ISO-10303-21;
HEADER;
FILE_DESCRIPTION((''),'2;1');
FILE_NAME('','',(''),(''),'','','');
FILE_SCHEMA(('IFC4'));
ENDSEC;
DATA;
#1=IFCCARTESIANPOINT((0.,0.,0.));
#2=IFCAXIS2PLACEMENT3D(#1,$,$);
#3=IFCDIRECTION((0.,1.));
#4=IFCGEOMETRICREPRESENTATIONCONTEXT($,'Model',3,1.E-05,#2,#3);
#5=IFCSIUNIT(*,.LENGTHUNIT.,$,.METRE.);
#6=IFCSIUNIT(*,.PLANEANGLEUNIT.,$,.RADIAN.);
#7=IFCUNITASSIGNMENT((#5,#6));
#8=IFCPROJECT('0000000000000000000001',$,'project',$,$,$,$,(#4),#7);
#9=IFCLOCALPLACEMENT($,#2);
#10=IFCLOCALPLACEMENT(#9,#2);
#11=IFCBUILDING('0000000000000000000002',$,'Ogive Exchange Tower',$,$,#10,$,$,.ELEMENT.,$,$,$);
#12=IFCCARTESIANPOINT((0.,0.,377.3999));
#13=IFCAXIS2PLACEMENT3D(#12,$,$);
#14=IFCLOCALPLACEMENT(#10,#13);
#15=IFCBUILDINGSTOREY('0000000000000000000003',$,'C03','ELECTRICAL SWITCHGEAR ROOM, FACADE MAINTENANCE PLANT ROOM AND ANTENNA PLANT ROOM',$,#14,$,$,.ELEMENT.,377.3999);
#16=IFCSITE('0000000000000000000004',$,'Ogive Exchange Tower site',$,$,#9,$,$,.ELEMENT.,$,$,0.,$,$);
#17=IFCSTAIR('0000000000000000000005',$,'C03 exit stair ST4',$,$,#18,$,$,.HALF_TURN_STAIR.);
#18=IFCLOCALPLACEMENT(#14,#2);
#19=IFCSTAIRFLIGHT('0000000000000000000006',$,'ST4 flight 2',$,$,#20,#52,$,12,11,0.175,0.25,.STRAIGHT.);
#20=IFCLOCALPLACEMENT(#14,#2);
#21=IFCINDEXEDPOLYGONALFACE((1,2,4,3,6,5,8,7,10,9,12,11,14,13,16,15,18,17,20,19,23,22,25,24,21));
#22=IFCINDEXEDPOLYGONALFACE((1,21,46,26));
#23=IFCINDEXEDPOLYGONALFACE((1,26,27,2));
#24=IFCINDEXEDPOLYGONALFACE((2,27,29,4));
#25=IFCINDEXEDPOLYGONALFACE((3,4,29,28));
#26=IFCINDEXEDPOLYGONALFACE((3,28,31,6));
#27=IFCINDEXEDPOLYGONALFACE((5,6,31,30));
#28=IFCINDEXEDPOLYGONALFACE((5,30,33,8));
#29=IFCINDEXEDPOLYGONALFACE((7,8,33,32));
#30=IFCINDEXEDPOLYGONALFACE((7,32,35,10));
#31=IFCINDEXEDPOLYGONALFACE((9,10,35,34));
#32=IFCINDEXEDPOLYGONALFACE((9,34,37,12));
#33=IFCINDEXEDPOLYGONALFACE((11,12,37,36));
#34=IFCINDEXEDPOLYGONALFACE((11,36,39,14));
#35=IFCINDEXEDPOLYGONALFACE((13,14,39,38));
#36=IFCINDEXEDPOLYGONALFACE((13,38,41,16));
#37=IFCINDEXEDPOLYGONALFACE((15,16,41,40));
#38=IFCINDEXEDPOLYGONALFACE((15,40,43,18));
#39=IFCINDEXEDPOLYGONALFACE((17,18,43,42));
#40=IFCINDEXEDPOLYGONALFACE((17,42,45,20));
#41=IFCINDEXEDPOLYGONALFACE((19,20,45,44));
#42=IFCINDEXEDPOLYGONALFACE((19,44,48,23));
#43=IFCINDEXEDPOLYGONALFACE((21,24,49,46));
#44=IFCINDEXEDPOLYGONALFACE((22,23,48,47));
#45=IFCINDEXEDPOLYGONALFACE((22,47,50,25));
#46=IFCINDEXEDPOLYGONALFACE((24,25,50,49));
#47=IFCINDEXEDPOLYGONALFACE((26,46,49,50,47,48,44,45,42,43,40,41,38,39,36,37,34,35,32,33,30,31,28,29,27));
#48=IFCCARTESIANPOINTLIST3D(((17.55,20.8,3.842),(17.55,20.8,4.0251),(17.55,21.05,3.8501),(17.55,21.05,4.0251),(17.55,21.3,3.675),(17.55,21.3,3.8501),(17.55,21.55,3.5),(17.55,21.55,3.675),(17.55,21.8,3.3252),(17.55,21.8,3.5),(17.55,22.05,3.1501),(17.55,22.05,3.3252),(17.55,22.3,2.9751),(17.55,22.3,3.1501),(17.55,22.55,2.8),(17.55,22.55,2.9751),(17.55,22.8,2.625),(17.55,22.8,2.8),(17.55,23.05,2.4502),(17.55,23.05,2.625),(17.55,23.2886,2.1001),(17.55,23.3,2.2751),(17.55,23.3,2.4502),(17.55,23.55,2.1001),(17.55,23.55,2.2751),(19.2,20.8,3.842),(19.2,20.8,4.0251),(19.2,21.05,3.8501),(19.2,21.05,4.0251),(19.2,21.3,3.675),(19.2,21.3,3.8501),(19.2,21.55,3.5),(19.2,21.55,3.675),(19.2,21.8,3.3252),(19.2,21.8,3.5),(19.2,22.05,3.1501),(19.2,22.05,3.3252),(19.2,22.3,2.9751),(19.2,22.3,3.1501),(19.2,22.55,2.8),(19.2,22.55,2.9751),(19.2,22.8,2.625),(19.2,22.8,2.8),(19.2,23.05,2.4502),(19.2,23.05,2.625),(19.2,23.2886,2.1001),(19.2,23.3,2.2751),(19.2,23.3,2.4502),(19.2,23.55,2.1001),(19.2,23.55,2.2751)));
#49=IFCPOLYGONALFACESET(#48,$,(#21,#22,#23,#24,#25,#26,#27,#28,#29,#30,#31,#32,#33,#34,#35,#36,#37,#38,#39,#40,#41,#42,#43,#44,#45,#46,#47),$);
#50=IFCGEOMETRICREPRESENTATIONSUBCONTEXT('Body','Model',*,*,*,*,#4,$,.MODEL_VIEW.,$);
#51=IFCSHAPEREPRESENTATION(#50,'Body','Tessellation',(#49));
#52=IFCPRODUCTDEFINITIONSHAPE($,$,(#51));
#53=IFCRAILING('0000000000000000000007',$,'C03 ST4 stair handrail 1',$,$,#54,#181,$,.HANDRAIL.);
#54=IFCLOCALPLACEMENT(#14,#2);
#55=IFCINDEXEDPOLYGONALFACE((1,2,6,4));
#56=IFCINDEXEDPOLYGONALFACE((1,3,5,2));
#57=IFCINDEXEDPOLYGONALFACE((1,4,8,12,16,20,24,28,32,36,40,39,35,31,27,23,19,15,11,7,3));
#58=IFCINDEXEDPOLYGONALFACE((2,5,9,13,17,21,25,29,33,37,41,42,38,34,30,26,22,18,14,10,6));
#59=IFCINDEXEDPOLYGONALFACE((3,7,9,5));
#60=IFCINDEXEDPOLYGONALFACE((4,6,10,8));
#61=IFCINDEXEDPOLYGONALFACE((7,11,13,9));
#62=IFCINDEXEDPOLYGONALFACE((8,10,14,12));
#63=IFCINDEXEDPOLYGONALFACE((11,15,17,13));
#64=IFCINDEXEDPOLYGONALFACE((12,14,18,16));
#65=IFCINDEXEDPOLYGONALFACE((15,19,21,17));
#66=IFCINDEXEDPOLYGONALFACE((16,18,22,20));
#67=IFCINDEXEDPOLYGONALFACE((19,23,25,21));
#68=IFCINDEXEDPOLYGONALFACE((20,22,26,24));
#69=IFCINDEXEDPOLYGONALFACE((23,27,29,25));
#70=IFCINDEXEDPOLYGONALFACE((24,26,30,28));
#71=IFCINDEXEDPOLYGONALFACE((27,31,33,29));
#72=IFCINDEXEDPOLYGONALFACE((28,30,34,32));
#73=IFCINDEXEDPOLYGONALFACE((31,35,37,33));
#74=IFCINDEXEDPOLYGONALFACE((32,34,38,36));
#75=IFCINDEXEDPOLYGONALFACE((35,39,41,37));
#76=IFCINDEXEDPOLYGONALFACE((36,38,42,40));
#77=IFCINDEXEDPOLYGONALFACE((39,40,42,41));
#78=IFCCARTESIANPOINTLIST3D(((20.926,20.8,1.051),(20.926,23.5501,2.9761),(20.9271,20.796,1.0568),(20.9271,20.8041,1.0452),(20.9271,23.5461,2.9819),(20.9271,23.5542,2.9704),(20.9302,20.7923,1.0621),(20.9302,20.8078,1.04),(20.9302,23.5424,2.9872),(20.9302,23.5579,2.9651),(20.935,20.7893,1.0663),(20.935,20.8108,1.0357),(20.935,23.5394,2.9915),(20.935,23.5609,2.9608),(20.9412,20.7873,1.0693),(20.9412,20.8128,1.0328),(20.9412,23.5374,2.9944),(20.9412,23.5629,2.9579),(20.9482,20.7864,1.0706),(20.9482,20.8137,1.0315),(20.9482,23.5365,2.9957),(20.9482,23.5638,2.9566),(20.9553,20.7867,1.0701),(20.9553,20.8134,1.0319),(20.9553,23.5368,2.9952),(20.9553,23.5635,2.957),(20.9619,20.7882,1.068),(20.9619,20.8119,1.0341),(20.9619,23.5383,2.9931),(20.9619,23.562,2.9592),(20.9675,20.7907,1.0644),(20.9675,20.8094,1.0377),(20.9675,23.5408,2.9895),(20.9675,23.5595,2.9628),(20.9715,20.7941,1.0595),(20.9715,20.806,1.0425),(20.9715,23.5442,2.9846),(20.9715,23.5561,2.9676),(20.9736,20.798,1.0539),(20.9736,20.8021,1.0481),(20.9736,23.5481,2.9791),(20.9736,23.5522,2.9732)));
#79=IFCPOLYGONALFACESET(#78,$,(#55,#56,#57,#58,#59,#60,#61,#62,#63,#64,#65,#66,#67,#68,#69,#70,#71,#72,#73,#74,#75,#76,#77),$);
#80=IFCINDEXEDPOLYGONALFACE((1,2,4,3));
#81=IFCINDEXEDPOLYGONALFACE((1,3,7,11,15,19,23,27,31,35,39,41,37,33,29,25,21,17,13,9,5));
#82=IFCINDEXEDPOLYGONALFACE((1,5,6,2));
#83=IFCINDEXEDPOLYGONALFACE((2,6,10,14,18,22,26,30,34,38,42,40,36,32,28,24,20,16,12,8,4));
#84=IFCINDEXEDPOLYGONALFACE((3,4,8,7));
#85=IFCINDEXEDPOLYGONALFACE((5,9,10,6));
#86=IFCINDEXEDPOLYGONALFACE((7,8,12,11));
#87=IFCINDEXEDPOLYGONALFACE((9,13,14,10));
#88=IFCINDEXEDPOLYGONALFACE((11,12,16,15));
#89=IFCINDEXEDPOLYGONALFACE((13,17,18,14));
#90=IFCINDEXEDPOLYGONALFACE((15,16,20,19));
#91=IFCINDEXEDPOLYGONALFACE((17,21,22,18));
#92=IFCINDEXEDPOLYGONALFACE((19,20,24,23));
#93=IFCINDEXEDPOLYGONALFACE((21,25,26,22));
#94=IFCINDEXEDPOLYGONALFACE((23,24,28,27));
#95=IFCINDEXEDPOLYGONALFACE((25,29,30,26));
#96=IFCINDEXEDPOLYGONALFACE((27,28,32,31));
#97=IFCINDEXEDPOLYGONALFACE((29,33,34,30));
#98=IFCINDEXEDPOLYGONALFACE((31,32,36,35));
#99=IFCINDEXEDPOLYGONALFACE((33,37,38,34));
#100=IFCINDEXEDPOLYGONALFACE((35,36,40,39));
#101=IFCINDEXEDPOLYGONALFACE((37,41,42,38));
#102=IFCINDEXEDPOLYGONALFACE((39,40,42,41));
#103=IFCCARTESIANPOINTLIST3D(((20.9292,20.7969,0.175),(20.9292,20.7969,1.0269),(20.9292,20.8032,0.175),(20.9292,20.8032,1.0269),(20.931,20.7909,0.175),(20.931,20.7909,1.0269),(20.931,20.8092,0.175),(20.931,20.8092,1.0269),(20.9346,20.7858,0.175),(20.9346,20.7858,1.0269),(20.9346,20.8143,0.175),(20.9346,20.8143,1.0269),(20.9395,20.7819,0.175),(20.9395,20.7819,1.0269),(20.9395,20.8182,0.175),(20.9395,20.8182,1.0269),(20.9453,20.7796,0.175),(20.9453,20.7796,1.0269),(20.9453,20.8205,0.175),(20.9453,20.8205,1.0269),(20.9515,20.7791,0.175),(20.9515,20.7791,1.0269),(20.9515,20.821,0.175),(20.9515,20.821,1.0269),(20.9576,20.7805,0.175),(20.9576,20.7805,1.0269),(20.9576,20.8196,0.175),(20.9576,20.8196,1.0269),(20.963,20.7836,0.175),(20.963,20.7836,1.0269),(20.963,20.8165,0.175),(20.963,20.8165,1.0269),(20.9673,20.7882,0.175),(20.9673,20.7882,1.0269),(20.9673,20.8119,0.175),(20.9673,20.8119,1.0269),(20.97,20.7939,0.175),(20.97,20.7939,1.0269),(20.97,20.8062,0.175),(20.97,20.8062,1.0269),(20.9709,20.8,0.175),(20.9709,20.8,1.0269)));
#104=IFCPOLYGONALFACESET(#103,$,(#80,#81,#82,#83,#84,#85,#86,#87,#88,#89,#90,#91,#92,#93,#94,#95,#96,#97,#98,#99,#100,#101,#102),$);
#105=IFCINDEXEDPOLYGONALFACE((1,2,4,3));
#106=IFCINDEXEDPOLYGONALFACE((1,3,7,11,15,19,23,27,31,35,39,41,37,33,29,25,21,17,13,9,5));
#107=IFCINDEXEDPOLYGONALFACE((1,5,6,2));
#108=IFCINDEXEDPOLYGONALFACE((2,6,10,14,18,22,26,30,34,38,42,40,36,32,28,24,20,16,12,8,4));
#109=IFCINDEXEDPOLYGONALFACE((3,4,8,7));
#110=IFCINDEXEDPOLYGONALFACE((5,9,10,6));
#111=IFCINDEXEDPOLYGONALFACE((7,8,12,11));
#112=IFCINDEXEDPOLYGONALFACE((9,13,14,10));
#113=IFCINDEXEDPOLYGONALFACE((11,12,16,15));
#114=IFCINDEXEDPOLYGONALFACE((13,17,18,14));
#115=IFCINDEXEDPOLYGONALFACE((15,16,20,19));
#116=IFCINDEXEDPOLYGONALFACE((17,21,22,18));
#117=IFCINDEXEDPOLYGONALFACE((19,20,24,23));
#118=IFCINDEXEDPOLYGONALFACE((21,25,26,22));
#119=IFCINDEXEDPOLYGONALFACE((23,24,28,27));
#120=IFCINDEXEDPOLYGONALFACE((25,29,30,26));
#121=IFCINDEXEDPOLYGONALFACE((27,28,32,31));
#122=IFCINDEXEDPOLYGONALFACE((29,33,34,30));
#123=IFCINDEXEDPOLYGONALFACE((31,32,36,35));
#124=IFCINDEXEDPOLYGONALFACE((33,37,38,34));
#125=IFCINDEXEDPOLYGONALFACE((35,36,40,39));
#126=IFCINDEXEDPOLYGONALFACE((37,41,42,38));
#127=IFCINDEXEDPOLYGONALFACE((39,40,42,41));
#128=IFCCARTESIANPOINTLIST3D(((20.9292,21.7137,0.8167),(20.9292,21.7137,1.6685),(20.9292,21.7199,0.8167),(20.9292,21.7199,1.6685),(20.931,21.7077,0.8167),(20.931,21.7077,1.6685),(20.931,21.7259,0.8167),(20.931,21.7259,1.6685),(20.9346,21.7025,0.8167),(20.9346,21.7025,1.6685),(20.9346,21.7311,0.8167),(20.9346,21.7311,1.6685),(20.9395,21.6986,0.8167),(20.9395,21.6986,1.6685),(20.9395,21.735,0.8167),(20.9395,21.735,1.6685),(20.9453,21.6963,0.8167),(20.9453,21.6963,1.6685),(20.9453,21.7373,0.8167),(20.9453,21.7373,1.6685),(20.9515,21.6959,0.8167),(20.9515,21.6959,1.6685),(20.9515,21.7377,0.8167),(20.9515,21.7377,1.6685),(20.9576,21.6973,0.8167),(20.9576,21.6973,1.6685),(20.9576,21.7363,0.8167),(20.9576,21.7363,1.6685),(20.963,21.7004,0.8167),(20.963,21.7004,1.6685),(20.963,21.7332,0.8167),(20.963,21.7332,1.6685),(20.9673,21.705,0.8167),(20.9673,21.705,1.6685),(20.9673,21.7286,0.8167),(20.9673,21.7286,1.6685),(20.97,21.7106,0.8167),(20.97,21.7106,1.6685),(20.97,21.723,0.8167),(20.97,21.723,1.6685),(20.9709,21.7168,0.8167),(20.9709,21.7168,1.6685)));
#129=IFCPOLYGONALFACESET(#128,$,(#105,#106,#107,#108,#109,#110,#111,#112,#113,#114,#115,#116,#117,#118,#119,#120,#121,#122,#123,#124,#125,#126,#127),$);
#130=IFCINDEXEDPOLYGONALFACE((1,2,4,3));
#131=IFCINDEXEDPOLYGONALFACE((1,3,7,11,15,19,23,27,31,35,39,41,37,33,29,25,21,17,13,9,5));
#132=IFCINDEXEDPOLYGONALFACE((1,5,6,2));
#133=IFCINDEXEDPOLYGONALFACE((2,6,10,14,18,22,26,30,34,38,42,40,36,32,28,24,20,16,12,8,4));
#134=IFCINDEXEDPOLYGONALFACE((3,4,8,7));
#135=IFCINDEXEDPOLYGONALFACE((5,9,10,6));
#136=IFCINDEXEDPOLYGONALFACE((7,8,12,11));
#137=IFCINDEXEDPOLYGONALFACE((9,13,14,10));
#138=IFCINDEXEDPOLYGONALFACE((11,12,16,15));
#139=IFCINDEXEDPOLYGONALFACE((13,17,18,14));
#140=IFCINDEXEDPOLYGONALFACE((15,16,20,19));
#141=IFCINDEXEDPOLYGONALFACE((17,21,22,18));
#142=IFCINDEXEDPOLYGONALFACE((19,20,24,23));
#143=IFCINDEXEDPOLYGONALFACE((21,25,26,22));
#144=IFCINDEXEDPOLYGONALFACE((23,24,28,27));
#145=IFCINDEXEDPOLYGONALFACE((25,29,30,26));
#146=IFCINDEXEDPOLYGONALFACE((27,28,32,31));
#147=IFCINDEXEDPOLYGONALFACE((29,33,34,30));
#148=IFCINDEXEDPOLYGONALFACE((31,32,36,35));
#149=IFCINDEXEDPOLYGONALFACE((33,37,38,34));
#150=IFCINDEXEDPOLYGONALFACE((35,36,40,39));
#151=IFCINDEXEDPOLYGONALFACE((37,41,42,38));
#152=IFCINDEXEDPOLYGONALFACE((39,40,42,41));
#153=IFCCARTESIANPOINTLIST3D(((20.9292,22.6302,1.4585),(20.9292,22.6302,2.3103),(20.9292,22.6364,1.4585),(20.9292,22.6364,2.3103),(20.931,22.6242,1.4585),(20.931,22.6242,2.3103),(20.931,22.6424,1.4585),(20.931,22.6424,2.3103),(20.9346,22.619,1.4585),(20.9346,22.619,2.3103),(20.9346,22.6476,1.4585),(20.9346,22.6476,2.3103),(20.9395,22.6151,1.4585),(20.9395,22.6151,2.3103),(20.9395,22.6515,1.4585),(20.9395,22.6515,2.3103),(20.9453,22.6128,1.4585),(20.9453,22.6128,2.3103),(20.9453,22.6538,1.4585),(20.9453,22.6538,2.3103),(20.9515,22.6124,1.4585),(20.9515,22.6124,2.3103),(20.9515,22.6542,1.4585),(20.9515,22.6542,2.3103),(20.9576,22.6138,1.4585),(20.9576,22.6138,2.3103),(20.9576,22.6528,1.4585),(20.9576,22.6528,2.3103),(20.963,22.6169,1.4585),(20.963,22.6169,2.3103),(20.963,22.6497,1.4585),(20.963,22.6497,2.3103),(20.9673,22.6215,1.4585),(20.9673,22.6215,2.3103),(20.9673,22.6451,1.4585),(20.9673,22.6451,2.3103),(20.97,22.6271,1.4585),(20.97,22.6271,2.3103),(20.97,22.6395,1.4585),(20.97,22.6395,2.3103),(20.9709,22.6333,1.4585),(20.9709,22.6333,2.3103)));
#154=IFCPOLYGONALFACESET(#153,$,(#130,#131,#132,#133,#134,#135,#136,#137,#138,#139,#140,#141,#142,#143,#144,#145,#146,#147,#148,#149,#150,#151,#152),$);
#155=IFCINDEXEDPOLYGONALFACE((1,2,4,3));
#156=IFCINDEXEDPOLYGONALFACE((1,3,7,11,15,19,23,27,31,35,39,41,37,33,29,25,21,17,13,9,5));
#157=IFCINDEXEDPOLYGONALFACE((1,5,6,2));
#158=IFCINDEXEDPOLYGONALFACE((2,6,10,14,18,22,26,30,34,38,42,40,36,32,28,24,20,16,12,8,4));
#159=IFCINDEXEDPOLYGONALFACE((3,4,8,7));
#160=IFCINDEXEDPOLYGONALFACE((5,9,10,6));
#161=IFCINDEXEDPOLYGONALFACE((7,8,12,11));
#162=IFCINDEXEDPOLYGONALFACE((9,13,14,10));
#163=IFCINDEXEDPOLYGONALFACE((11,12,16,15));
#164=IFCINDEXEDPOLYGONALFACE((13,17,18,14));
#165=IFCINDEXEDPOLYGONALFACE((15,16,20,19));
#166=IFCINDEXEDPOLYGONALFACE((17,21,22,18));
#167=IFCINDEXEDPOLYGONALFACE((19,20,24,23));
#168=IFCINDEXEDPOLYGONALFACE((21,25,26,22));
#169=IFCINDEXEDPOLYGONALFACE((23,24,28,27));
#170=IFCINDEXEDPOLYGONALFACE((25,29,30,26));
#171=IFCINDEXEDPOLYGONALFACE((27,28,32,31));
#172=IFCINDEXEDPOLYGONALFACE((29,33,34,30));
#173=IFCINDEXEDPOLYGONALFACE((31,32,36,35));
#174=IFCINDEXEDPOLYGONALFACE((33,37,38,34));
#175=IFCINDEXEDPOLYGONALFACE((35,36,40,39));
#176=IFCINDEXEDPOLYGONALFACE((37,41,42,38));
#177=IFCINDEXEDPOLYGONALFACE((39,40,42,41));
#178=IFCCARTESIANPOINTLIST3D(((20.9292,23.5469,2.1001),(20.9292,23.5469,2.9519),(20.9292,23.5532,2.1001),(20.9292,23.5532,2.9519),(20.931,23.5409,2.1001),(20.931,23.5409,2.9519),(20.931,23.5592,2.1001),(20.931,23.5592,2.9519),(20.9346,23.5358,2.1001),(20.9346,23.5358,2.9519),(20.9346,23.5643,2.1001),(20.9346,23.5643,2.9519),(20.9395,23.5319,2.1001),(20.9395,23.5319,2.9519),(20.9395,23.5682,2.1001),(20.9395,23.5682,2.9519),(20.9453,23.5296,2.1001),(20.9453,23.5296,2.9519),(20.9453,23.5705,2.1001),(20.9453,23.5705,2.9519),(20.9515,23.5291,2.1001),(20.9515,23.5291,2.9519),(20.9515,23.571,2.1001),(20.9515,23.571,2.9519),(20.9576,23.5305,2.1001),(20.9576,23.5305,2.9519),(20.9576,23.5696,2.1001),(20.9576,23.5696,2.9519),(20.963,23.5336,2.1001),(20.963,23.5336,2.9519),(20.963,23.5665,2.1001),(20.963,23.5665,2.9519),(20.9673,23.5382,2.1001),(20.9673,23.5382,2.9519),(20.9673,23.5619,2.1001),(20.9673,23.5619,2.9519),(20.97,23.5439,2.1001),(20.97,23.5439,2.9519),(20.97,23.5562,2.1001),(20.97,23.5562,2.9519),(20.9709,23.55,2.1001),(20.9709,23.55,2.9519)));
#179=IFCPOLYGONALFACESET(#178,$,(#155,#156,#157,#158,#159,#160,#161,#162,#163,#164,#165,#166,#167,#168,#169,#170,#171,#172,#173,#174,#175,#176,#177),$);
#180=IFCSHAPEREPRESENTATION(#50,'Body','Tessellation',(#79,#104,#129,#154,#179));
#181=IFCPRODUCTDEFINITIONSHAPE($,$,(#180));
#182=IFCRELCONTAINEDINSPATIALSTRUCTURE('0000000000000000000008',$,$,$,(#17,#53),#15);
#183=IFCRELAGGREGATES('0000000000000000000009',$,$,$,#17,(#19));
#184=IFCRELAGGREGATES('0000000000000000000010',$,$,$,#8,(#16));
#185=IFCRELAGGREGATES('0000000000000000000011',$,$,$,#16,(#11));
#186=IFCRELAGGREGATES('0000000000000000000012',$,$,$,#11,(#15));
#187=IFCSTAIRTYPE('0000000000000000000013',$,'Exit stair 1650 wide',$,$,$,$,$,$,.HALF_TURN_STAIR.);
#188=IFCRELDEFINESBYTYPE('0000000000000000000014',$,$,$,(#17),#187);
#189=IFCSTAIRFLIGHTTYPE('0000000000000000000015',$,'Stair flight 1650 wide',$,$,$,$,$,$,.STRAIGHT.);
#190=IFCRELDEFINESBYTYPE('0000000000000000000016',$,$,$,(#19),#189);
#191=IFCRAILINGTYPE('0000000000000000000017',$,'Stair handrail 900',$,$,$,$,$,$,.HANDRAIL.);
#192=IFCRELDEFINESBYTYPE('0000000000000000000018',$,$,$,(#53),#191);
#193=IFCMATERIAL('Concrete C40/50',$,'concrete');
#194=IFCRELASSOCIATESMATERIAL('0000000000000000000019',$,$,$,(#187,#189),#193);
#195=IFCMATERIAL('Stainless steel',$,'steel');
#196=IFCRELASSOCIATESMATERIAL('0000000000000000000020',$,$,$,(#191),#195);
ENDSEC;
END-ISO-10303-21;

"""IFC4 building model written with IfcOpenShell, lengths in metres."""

from ifc_helpers import new_model, si_unit, direction, frame, origin, origin_2d, place, context, subcontext, project, spatial, polyline, circle, outline, extrude, material, type_object, element, aggregate, save


model = new_model("IFC4")

# Units and contexts
model_context = context("Model", 3, precision=1e-05, world=origin(), true_north=direction((0.0, 1.0)))
body_context = subcontext(model_context, "Body", "Model", "MODEL_VIEW")
ifc_project = project(units=[si_unit("LENGTHUNIT", "METRE"), si_unit("PLANEANGLEUNIT", "RADIAN")], contexts=[model_context])

# Site, building, storey
site_placement = place(None, origin())
site = spatial("IfcSite", under=ifc_project, at=site_placement, Name="Ogive Exchange Tower site", CompositionType="ELEMENT", RefElevation=0.0)
building_placement = place(site_placement, origin())
building = spatial("IfcBuilding", under=site, at=building_placement, Name="Ogive Exchange Tower", CompositionType="ELEMENT")
storey_placement = place(building_placement, frame((0.0, 0.0, 377.3999)))
storey = spatial("IfcBuildingStorey", under=building, at=storey_placement, Name="C03", Description="ELECTRICAL SWITCHGEAR ROOM, FACADE MAINTENANCE PLANT ROOM AND ANTENNA PLANT ROOM", CompositionType="ELEMENT", Elevation=377.3999)

# Stair, stair flight
ifc_material_1 = material(Name="Concrete C40/50", Category="concrete")
stair_type = type_object("IfcStairType", Name="Exit stair 1650 wide", PredefinedType="HALF_TURN_STAIR", material=ifc_material_1)
stair_placement = place(storey_placement, origin())
stair = element("IfcStair", 1, at=stair_placement, inside=storey, type_object=stair_type, Name="C03 exit stair ST4", PredefinedType="HALF_TURN_STAIR")
stair_flight_type = type_object("IfcStairFlightType", Name="Stair flight 1650 wide", PredefinedType="STRAIGHT", material=ifc_material_1)
stair_flight_1_placement = place(storey_placement, frame((18.375, 23.55, 2.1001), z_axis=(0.0, 0.0, 1.0), x_axis=(0.0, -1.0, 0.0)))
stair_flight_1 = element("IfcStairFlight", 2, at=stair_flight_1_placement, type_object=stair_flight_type, Name="ST4 flight 2", NumberOfRisers=12, NumberOfTreads=11, PredefinedType="STRAIGHT", RiserHeight=0.175, TreadLength=0.25, context=body_context, shape_type="SweptSolid", body=[
    extrude(outline(polyline([(0.0, 0.0), (0.0, 0.175), (0.25, 0.175), (0.25, 0.3501), (0.5, 0.3501), (0.5, 0.5249), (0.75, 0.5249), (0.75, 0.7), (1.0, 0.7), (1.0, 0.875), (1.25, 0.875), (1.25, 1.05), (1.5, 1.05), (1.5, 1.2251), (1.75, 1.2251), (1.75, 1.3999), (2.0, 1.3999), (2.0, 1.575), (2.25, 1.575), (2.25, 1.75), (2.5, 1.75), (2.5, 1.925), (2.75, 1.925), (2.75, 2.1001), (2.75, 1.7419), (0.2615, 0.0), (0.0, 0.0)])), frame((0.0, 0.825, 0.0), z_axis=(0.0, -1.0, 0.0), x_axis=(1.0, 0.0, 0.0)), (0.0, 0.0, 1.0), 1.6499),
])
aggregate(stair, [stair_flight_1])

# Railing
ifc_material_2 = material(Name="Stainless steel", Category="steel")
railing_type = type_object("IfcRailingType", Name="Stair handrail 900", PredefinedType="HANDRAIL", material=ifc_material_2)
railing_placement = place(storey_placement, frame((20.95, 20.8, 0.175)))
element("IfcRailing", 3, at=railing_placement, inside=storey, type_object=railing_type, Name="C03 ST4 stair handrail 1", PredefinedType="HANDRAIL", context=body_context, shape_type="SweptSolid", body=[
    extrude(circle(Radius=0.0239, at=origin_2d()), frame((0.0, 0.0, 0.876), z_axis=(0.0, 0.819225, 0.573472), x_axis=(-1.0, 0.0, 0.0)), (0.0, 0.0, 1.0), 3.3569),
    extrude(circle(Radius=0.021, at=origin_2d()), origin(), (0.0, 0.0, 1.0), 0.8518),
    extrude(circle(Radius=0.021, at=origin_2d()), frame((0.0, 0.9167, 0.6416)), (0.0, 0.0, 1.0), 0.8518),
    extrude(circle(Radius=0.021, at=origin_2d()), frame((0.0, 1.8333, 1.2834)), (0.0, 0.0, 1.0), 0.8518),
    extrude(circle(Radius=0.021, at=origin_2d()), frame((0.0, 2.75, 1.925)), (0.0, 0.0, 1.0), 0.8518),
])

save(model, "model.ifc")
